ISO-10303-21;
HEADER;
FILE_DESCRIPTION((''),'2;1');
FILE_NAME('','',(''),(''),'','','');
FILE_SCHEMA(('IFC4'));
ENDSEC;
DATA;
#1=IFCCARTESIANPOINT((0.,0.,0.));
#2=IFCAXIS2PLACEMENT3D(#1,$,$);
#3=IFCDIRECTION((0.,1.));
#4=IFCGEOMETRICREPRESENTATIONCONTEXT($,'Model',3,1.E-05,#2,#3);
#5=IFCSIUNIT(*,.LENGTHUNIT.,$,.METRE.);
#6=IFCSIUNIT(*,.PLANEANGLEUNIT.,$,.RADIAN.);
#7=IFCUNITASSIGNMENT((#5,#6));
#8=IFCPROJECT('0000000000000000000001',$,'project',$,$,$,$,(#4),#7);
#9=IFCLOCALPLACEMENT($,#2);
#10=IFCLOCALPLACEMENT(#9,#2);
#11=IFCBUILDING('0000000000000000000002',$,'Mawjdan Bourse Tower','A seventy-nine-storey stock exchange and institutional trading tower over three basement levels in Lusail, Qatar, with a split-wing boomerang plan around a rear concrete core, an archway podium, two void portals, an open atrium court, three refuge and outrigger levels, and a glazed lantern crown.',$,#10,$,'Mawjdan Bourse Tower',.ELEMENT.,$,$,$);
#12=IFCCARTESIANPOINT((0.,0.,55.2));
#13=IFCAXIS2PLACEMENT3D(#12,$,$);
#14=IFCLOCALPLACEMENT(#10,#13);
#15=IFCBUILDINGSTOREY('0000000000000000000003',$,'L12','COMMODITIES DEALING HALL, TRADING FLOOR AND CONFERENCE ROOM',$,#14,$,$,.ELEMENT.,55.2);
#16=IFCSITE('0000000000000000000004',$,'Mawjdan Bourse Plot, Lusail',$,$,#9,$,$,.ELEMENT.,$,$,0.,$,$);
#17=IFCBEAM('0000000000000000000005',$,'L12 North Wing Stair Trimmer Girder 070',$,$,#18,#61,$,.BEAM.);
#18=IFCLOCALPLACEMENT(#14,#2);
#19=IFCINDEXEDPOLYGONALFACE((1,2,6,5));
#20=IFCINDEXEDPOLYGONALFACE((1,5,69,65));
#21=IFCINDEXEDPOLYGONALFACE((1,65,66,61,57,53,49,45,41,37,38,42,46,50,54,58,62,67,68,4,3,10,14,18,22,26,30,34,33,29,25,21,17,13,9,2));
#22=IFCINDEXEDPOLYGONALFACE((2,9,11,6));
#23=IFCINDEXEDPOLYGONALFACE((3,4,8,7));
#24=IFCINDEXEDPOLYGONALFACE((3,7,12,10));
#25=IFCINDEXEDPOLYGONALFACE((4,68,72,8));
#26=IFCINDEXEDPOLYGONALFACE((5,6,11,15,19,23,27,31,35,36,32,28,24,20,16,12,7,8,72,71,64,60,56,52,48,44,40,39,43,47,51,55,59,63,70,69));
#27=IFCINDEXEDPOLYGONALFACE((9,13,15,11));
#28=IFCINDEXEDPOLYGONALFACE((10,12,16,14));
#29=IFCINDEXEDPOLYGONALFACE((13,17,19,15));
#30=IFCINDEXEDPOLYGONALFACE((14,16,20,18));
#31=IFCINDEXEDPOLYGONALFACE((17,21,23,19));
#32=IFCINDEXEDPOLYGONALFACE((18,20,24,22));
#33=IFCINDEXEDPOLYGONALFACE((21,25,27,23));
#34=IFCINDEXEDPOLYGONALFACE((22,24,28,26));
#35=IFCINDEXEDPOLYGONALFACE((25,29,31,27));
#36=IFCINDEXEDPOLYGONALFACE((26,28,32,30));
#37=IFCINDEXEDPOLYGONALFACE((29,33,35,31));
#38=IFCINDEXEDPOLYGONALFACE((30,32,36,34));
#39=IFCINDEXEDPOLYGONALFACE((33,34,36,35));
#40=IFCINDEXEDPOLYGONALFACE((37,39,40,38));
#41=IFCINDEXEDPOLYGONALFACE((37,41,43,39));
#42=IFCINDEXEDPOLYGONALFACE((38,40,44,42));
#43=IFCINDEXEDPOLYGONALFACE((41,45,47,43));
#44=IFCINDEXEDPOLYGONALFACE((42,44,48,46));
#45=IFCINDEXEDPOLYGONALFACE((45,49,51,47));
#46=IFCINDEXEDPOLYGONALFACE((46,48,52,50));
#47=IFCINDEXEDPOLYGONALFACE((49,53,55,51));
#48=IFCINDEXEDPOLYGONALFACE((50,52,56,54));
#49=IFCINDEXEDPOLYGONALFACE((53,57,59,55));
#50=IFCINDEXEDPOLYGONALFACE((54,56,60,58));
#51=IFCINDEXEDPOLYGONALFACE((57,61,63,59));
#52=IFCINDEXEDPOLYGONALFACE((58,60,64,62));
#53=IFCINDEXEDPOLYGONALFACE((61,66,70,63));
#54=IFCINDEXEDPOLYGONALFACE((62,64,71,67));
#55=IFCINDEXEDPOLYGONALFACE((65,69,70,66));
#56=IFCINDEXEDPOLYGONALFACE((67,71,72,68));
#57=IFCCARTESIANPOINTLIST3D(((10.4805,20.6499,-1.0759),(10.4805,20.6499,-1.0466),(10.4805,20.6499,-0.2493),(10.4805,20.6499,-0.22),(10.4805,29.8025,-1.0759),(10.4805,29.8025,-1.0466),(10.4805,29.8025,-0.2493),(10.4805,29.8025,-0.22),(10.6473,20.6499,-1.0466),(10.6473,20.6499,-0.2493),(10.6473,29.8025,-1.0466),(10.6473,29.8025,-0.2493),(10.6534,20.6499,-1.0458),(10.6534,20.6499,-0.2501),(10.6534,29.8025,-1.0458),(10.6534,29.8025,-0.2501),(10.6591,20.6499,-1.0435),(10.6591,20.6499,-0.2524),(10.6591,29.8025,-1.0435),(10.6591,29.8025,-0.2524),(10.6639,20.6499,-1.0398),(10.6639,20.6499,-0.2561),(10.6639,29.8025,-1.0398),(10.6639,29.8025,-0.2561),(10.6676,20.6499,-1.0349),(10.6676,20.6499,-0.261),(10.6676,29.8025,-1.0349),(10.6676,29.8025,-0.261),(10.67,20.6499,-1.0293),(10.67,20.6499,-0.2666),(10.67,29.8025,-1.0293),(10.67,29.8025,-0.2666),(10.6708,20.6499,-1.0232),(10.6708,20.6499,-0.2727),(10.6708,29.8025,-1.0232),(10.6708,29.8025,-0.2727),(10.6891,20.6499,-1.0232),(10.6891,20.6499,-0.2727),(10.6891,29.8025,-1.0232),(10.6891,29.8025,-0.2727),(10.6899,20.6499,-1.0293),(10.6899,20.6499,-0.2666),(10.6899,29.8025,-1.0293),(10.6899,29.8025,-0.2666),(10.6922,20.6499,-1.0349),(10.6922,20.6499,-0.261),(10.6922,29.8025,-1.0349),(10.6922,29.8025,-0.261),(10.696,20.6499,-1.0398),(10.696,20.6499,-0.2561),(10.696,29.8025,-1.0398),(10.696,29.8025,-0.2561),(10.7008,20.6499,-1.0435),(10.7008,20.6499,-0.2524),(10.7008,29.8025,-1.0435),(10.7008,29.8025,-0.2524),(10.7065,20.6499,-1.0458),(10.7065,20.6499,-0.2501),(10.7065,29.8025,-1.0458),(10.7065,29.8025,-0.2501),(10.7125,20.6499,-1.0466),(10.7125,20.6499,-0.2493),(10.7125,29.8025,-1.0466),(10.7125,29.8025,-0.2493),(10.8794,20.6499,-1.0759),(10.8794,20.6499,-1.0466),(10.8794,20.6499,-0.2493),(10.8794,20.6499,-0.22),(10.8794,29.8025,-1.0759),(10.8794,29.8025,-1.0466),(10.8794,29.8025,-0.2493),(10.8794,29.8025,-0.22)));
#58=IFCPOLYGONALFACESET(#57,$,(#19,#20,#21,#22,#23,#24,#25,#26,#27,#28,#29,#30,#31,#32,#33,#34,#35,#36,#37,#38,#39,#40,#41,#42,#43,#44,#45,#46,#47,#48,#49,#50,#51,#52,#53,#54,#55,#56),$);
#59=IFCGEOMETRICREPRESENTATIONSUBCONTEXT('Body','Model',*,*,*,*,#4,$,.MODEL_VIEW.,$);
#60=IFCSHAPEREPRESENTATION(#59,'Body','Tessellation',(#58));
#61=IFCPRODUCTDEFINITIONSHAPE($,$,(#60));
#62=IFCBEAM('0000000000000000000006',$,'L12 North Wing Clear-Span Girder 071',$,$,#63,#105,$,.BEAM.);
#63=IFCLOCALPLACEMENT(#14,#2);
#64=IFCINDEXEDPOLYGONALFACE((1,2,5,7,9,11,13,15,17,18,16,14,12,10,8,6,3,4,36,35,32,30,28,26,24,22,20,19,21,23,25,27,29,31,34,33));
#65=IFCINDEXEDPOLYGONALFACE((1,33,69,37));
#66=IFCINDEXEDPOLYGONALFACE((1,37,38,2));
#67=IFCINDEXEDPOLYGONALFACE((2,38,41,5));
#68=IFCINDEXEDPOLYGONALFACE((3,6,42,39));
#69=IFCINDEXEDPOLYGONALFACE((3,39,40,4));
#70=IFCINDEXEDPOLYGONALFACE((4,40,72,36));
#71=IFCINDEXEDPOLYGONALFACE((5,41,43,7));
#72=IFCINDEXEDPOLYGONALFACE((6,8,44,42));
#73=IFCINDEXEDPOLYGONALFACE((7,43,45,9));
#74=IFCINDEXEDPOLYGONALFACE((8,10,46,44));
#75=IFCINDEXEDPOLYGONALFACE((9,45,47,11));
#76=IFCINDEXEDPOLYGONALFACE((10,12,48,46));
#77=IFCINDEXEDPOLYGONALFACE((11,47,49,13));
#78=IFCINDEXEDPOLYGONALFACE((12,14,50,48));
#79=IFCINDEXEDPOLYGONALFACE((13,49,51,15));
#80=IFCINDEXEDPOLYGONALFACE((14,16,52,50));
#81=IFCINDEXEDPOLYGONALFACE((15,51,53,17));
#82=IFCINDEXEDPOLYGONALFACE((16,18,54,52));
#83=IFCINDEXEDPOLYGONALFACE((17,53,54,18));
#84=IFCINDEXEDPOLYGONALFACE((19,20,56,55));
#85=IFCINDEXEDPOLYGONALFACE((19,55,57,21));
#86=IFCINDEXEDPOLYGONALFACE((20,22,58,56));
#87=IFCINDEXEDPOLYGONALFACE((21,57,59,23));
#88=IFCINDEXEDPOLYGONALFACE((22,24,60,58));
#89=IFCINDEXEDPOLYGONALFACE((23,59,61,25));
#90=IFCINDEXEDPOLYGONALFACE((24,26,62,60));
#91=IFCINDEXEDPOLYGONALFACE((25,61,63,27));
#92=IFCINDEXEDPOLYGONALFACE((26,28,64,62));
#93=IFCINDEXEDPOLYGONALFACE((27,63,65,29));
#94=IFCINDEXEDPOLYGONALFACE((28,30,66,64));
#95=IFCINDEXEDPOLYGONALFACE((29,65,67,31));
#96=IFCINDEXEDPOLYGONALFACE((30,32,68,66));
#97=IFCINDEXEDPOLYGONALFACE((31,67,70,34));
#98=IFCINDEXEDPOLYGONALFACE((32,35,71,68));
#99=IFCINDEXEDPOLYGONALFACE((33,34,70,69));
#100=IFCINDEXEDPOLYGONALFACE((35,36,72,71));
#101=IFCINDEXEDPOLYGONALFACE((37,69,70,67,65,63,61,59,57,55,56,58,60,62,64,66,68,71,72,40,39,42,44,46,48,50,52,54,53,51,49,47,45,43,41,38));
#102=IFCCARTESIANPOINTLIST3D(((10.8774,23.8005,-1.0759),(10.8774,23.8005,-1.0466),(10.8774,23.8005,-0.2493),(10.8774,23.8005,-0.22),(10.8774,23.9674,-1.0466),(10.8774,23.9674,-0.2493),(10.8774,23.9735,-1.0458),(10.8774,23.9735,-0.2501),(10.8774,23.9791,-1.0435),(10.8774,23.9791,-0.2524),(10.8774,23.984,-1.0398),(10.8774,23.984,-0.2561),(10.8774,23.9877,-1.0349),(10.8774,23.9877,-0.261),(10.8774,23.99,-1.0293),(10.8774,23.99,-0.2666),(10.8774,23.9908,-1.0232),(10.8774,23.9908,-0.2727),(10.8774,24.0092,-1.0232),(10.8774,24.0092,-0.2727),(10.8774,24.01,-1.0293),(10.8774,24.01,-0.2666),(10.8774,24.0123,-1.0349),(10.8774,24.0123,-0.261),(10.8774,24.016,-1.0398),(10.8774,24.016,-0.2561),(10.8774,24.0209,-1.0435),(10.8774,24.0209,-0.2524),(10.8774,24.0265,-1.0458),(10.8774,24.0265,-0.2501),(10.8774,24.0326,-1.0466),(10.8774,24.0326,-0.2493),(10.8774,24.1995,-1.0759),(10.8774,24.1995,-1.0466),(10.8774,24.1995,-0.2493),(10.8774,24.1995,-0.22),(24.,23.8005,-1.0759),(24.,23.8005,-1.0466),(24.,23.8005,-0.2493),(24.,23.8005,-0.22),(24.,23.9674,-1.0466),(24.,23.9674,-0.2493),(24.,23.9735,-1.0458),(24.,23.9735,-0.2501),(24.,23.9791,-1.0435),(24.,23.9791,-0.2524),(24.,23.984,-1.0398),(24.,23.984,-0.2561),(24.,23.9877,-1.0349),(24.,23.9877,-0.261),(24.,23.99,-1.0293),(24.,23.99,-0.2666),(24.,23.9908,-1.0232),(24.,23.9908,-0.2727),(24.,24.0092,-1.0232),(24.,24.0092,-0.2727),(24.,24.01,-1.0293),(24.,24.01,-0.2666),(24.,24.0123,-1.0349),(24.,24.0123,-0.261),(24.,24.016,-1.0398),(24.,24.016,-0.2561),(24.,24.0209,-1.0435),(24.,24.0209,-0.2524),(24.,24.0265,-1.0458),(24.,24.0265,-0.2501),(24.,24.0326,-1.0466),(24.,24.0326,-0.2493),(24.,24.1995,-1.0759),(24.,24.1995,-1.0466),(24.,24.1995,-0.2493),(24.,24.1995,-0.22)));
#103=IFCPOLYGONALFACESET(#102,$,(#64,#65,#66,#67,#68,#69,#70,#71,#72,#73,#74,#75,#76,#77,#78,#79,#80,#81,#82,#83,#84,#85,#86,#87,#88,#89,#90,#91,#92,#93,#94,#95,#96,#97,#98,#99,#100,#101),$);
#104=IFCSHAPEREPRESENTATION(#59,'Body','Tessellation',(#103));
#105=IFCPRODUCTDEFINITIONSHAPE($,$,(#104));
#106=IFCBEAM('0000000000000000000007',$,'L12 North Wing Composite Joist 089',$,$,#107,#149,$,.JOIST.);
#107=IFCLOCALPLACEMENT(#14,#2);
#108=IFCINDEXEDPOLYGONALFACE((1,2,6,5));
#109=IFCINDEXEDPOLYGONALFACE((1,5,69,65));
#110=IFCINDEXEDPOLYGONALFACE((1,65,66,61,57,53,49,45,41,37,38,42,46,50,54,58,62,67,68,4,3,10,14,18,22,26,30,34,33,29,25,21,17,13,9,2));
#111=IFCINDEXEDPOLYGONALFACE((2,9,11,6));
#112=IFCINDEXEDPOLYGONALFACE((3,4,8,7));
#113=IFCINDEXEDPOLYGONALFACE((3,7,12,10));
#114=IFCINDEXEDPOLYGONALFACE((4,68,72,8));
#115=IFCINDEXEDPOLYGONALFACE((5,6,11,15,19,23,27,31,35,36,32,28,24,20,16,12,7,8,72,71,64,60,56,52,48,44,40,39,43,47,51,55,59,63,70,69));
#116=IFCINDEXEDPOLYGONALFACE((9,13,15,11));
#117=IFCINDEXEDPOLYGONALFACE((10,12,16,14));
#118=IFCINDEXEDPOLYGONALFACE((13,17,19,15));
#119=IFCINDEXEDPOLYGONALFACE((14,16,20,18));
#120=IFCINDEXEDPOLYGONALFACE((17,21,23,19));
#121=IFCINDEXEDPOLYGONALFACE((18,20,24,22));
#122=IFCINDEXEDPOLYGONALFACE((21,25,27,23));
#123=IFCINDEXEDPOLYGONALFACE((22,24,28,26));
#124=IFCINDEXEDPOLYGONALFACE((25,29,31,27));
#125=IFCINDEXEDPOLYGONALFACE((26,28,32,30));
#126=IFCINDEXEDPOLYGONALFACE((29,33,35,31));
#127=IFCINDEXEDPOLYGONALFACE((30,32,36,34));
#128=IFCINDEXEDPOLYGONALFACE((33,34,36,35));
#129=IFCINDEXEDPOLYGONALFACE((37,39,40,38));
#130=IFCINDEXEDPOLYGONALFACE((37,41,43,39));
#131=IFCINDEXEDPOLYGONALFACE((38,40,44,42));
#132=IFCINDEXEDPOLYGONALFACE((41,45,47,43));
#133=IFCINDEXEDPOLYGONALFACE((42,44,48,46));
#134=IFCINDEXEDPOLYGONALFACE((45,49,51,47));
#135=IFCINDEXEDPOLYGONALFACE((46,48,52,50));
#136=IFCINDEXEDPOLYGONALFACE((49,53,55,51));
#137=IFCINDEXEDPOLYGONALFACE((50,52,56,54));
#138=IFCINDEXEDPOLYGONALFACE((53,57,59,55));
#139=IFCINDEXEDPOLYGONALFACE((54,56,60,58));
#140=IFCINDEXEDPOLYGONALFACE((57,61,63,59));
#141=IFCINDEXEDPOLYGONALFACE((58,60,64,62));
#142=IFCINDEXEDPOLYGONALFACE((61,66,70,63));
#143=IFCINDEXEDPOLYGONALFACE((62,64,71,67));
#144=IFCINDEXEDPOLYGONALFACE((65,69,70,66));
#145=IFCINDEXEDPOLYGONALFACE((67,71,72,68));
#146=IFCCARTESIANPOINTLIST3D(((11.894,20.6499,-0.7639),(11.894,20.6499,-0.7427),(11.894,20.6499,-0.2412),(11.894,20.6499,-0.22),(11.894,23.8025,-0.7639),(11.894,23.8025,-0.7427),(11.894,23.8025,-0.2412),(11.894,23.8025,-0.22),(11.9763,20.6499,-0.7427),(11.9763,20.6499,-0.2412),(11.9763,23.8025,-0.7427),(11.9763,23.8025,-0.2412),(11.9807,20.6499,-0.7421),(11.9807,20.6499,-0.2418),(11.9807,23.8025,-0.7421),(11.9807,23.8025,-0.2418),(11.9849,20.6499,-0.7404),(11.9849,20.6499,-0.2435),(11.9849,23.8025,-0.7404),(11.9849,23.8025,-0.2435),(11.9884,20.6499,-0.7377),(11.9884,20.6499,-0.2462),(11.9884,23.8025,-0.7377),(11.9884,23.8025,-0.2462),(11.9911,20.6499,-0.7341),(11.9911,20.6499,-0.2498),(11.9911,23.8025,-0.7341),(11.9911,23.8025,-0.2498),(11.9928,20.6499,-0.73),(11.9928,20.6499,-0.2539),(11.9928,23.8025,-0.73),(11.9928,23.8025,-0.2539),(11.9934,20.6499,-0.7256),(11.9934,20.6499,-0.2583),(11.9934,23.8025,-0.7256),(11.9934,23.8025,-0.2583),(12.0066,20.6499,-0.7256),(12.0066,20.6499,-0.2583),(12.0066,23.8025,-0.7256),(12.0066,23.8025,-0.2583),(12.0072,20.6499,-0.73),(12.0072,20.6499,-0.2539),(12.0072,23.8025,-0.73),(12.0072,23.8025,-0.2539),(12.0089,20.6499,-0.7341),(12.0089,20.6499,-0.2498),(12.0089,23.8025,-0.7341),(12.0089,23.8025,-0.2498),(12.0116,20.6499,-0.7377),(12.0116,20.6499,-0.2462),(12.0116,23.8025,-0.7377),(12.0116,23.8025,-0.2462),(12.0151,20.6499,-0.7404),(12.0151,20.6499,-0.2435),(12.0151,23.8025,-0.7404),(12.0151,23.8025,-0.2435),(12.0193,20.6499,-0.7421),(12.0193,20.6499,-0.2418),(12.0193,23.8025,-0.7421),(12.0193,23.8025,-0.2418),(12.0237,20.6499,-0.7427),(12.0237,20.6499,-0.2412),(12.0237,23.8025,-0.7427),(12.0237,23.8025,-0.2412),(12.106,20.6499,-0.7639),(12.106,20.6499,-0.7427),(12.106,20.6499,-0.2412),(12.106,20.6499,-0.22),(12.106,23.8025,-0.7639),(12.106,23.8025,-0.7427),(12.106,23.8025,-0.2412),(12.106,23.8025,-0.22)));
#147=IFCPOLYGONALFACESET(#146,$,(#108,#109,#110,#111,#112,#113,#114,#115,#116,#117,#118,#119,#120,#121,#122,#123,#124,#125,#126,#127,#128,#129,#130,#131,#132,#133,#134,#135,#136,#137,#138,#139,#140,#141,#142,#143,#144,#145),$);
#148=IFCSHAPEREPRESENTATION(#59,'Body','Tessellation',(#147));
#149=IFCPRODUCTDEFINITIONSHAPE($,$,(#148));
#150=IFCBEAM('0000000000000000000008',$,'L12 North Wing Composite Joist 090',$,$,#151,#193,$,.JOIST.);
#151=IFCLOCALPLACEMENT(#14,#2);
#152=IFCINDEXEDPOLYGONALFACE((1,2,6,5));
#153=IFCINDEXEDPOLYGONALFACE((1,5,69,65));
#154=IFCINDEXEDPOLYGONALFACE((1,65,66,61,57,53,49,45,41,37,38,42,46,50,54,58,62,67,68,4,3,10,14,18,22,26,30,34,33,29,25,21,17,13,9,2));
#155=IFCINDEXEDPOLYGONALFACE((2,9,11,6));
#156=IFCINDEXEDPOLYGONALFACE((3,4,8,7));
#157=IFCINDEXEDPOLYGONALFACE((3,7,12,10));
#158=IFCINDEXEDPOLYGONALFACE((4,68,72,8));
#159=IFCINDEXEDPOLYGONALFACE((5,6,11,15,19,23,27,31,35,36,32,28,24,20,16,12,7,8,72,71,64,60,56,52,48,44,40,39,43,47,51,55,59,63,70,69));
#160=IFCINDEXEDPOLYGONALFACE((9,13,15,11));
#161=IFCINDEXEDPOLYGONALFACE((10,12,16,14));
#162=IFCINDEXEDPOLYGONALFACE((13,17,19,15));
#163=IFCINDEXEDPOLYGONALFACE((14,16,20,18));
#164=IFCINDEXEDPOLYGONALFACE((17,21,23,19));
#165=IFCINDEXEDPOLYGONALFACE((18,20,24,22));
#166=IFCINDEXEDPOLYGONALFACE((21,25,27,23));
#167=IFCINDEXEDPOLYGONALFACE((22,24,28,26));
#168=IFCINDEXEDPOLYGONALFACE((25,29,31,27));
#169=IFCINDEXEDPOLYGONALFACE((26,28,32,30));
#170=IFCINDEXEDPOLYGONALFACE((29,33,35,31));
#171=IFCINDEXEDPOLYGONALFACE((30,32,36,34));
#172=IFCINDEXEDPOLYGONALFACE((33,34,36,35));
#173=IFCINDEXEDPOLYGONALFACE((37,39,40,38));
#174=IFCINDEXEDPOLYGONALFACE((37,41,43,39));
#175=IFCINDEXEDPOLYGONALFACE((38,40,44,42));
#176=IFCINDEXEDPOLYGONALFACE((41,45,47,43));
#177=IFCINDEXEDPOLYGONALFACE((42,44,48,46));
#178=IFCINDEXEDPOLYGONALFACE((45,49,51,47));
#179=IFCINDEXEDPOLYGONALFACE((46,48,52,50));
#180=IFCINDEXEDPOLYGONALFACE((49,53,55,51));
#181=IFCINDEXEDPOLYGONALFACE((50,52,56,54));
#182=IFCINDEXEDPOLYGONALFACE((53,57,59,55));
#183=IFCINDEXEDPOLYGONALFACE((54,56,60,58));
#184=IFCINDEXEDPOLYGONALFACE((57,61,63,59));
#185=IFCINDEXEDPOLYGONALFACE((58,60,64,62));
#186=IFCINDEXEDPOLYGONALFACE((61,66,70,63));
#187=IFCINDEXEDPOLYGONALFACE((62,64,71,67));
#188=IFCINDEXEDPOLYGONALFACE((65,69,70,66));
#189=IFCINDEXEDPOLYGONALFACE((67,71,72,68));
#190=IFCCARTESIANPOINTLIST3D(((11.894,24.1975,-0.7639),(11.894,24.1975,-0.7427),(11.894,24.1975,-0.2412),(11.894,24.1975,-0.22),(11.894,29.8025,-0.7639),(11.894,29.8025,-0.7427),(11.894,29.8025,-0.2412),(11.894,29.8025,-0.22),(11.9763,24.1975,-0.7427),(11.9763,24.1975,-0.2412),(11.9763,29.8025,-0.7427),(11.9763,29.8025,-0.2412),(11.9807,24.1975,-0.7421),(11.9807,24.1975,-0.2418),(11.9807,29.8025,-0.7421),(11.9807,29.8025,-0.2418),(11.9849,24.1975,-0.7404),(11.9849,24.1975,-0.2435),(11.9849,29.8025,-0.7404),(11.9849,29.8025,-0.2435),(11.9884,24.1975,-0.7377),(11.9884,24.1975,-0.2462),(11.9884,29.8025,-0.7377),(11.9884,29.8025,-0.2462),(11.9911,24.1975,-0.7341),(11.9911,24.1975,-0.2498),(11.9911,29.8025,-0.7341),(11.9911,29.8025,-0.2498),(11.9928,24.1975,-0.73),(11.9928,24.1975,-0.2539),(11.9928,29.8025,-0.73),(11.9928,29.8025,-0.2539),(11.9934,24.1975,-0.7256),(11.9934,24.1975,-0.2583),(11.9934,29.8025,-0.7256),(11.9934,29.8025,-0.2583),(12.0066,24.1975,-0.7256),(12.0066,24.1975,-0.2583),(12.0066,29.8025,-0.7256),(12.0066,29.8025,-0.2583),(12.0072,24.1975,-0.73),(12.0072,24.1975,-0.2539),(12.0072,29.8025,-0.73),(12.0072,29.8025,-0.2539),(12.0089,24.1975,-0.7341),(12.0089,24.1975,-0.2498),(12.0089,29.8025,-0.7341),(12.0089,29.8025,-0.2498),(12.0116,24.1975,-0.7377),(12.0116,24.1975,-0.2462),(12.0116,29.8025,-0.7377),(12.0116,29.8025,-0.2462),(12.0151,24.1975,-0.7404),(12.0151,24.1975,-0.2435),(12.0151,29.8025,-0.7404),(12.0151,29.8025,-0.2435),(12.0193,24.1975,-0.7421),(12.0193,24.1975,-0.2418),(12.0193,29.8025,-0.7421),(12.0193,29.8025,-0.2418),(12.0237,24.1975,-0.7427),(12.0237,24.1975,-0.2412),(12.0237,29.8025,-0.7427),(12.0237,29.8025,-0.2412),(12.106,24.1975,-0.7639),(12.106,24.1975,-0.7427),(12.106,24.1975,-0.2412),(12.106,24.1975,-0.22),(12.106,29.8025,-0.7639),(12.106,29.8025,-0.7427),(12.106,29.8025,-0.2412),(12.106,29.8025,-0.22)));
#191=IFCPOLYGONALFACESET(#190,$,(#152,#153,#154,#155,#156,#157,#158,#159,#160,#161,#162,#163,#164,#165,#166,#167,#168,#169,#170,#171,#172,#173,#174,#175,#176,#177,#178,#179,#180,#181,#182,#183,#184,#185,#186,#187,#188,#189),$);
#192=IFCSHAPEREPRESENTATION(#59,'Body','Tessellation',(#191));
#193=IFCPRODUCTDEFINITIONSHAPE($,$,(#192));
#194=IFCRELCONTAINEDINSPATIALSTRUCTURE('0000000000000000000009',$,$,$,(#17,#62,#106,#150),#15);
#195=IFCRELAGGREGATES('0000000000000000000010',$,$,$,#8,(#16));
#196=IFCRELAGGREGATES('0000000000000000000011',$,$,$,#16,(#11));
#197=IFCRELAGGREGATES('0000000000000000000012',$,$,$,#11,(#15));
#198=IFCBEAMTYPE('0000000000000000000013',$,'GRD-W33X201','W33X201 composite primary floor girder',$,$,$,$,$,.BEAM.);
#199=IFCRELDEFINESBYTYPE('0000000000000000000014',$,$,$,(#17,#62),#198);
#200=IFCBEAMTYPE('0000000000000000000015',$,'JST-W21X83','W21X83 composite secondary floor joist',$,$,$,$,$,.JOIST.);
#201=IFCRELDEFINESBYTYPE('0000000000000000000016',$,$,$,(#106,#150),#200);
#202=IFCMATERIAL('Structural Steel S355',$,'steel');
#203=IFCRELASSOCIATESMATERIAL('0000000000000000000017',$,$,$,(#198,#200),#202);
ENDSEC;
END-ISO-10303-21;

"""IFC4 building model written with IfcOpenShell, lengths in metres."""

from ifc_helpers import new_model, si_unit, direction, frame, origin, origin_2d, place, context, subcontext, project, spatial, i_section, extrude, material, material_profile, profile_set, type_object, element, save


model = new_model("IFC4")

# Units and contexts
model_context = context("Model", 3, precision=1e-05, world=origin(), true_north=direction((0.0, 1.0)))
body_context = subcontext(model_context, "Body", "Model", "MODEL_VIEW")
ifc_project = project(units=[si_unit("LENGTHUNIT", "METRE"), si_unit("PLANEANGLEUNIT", "RADIAN")], contexts=[model_context])

# Site, building, storey
site_placement = place(None, origin())
site = spatial("IfcSite", under=ifc_project, at=site_placement, Name="Mawjdan Bourse Plot, Lusail", CompositionType="ELEMENT", RefElevation=0.0)
building_placement = place(site_placement, origin())
building = spatial("IfcBuilding", under=site, at=building_placement, Name="Mawjdan Bourse Tower", Description="A seventy-nine-storey stock exchange and institutional trading tower over three basement levels in Lusail, Qatar, with a split-wing boomerang plan around a rear concrete core, an archway podium, two void portals, an open atrium court, three refuge and outrigger levels, and a glazed lantern crown.", LongName="Mawjdan Bourse Tower", CompositionType="ELEMENT")
storey_placement = place(building_placement, frame((0.0, 0.0, 55.2)))
storey = spatial("IfcBuildingStorey", under=building, at=storey_placement, Name="L12", Description="COMMODITIES DEALING HALL, TRADING FLOOR AND CONFERENCE ROOM", CompositionType="ELEMENT", Elevation=55.2)

# Beams
ifc_material_1 = material(Name="Structural Steel S355", Category="steel")
ifc_material_profile_1 = material_profile(ifc_material_1, i_section(OverallWidth=0.3989, OverallDepth=0.856, WebThickness=0.0183, FlangeThickness=0.0293, FilletRadius=0.0234, at=origin_2d()), Name="W33X201")
ifc_profile_set_1 = profile_set([ifc_material_profile_1], Name="Structural Steel S355")
beam_type_1 = type_object("IfcBeamType", Name="GRD-W33X201", Description="W33X201 composite primary floor girder", PredefinedType="BEAM", material=ifc_profile_set_1)
beam_1_placement = place(storey_placement, frame((10.6799, 20.6499, -0.6479), z_axis=(0.0, 1.0, 0.0), x_axis=(-1.0, 0.0, 0.0)))
element("IfcBeam", 1, at=beam_1_placement, inside=storey, type_object=beam_type_1, Name="L12 North Wing Stair Trimmer Girder 070", PredefinedType="BEAM", context=body_context, shape_type="SweptSolid", body=[
    extrude(i_section(OverallWidth=0.3989, OverallDepth=0.856, WebThickness=0.0183, FlangeThickness=0.0293, FilletRadius=0.0234, at=origin_2d()), origin(), (0.0, 0.0, 1.0), 9.1526),
])
beam_2_placement = place(storey_placement, frame((10.8774, 24.0, -0.6479), z_axis=(1.0, 0.0, 0.0), x_axis=(0.0, 1.0, 0.0)))
element("IfcBeam", 2, at=beam_2_placement, inside=storey, type_object=beam_type_1, Name="L12 North Wing Clear-Span Girder 071", PredefinedType="BEAM", context=body_context, shape_type="SweptSolid", body=[
    extrude(i_section(OverallWidth=0.3989, OverallDepth=0.856, WebThickness=0.0183, FlangeThickness=0.0293, FilletRadius=0.0234, at=origin_2d()), origin(), (0.0, 0.0, 1.0), 13.1226),
])
ifc_material_profile_2 = material_profile(ifc_material_1, i_section(OverallWidth=0.2119, OverallDepth=0.5439, WebThickness=0.0132, FlangeThickness=0.0212, FilletRadius=0.0171, at=origin_2d()), Name="W21X83")
ifc_profile_set_2 = profile_set([ifc_material_profile_2], Name="Structural Steel S355")
beam_type_2 = type_object("IfcBeamType", Name="JST-W21X83", Description="W21X83 composite secondary floor joist", PredefinedType="JOIST", material=ifc_profile_set_2)
beam_3_placement = place(storey_placement, frame((12.0, 20.6499, -0.4919), z_axis=(0.0, 1.0, 0.0), x_axis=(-1.0, 0.0, 0.0)))
element("IfcBeam", 3, at=beam_3_placement, inside=storey, type_object=beam_type_2, Name="L12 North Wing Composite Joist 089", PredefinedType="JOIST", context=body_context, shape_type="SweptSolid", body=[
    extrude(i_section(OverallWidth=0.2119, OverallDepth=0.5439, WebThickness=0.0132, FlangeThickness=0.0212, FilletRadius=0.0171, at=origin_2d()), origin(), (0.0, 0.0, 1.0), 3.1526),
])
beam_4_placement = place(storey_placement, frame((12.0, 24.1975, -0.4919), z_axis=(0.0, 1.0, 0.0), x_axis=(-1.0, 0.0, 0.0)))
element("IfcBeam", 4, at=beam_4_placement, inside=storey, type_object=beam_type_2, Name="L12 North Wing Composite Joist 090", PredefinedType="JOIST", context=body_context, shape_type="SweptSolid", body=[
    extrude(i_section(OverallWidth=0.2119, OverallDepth=0.5439, WebThickness=0.0132, FlangeThickness=0.0212, FilletRadius=0.0171, at=origin_2d()), origin(), (0.0, 0.0, 1.0), 5.605),
])

save(model, "model.ifc")
